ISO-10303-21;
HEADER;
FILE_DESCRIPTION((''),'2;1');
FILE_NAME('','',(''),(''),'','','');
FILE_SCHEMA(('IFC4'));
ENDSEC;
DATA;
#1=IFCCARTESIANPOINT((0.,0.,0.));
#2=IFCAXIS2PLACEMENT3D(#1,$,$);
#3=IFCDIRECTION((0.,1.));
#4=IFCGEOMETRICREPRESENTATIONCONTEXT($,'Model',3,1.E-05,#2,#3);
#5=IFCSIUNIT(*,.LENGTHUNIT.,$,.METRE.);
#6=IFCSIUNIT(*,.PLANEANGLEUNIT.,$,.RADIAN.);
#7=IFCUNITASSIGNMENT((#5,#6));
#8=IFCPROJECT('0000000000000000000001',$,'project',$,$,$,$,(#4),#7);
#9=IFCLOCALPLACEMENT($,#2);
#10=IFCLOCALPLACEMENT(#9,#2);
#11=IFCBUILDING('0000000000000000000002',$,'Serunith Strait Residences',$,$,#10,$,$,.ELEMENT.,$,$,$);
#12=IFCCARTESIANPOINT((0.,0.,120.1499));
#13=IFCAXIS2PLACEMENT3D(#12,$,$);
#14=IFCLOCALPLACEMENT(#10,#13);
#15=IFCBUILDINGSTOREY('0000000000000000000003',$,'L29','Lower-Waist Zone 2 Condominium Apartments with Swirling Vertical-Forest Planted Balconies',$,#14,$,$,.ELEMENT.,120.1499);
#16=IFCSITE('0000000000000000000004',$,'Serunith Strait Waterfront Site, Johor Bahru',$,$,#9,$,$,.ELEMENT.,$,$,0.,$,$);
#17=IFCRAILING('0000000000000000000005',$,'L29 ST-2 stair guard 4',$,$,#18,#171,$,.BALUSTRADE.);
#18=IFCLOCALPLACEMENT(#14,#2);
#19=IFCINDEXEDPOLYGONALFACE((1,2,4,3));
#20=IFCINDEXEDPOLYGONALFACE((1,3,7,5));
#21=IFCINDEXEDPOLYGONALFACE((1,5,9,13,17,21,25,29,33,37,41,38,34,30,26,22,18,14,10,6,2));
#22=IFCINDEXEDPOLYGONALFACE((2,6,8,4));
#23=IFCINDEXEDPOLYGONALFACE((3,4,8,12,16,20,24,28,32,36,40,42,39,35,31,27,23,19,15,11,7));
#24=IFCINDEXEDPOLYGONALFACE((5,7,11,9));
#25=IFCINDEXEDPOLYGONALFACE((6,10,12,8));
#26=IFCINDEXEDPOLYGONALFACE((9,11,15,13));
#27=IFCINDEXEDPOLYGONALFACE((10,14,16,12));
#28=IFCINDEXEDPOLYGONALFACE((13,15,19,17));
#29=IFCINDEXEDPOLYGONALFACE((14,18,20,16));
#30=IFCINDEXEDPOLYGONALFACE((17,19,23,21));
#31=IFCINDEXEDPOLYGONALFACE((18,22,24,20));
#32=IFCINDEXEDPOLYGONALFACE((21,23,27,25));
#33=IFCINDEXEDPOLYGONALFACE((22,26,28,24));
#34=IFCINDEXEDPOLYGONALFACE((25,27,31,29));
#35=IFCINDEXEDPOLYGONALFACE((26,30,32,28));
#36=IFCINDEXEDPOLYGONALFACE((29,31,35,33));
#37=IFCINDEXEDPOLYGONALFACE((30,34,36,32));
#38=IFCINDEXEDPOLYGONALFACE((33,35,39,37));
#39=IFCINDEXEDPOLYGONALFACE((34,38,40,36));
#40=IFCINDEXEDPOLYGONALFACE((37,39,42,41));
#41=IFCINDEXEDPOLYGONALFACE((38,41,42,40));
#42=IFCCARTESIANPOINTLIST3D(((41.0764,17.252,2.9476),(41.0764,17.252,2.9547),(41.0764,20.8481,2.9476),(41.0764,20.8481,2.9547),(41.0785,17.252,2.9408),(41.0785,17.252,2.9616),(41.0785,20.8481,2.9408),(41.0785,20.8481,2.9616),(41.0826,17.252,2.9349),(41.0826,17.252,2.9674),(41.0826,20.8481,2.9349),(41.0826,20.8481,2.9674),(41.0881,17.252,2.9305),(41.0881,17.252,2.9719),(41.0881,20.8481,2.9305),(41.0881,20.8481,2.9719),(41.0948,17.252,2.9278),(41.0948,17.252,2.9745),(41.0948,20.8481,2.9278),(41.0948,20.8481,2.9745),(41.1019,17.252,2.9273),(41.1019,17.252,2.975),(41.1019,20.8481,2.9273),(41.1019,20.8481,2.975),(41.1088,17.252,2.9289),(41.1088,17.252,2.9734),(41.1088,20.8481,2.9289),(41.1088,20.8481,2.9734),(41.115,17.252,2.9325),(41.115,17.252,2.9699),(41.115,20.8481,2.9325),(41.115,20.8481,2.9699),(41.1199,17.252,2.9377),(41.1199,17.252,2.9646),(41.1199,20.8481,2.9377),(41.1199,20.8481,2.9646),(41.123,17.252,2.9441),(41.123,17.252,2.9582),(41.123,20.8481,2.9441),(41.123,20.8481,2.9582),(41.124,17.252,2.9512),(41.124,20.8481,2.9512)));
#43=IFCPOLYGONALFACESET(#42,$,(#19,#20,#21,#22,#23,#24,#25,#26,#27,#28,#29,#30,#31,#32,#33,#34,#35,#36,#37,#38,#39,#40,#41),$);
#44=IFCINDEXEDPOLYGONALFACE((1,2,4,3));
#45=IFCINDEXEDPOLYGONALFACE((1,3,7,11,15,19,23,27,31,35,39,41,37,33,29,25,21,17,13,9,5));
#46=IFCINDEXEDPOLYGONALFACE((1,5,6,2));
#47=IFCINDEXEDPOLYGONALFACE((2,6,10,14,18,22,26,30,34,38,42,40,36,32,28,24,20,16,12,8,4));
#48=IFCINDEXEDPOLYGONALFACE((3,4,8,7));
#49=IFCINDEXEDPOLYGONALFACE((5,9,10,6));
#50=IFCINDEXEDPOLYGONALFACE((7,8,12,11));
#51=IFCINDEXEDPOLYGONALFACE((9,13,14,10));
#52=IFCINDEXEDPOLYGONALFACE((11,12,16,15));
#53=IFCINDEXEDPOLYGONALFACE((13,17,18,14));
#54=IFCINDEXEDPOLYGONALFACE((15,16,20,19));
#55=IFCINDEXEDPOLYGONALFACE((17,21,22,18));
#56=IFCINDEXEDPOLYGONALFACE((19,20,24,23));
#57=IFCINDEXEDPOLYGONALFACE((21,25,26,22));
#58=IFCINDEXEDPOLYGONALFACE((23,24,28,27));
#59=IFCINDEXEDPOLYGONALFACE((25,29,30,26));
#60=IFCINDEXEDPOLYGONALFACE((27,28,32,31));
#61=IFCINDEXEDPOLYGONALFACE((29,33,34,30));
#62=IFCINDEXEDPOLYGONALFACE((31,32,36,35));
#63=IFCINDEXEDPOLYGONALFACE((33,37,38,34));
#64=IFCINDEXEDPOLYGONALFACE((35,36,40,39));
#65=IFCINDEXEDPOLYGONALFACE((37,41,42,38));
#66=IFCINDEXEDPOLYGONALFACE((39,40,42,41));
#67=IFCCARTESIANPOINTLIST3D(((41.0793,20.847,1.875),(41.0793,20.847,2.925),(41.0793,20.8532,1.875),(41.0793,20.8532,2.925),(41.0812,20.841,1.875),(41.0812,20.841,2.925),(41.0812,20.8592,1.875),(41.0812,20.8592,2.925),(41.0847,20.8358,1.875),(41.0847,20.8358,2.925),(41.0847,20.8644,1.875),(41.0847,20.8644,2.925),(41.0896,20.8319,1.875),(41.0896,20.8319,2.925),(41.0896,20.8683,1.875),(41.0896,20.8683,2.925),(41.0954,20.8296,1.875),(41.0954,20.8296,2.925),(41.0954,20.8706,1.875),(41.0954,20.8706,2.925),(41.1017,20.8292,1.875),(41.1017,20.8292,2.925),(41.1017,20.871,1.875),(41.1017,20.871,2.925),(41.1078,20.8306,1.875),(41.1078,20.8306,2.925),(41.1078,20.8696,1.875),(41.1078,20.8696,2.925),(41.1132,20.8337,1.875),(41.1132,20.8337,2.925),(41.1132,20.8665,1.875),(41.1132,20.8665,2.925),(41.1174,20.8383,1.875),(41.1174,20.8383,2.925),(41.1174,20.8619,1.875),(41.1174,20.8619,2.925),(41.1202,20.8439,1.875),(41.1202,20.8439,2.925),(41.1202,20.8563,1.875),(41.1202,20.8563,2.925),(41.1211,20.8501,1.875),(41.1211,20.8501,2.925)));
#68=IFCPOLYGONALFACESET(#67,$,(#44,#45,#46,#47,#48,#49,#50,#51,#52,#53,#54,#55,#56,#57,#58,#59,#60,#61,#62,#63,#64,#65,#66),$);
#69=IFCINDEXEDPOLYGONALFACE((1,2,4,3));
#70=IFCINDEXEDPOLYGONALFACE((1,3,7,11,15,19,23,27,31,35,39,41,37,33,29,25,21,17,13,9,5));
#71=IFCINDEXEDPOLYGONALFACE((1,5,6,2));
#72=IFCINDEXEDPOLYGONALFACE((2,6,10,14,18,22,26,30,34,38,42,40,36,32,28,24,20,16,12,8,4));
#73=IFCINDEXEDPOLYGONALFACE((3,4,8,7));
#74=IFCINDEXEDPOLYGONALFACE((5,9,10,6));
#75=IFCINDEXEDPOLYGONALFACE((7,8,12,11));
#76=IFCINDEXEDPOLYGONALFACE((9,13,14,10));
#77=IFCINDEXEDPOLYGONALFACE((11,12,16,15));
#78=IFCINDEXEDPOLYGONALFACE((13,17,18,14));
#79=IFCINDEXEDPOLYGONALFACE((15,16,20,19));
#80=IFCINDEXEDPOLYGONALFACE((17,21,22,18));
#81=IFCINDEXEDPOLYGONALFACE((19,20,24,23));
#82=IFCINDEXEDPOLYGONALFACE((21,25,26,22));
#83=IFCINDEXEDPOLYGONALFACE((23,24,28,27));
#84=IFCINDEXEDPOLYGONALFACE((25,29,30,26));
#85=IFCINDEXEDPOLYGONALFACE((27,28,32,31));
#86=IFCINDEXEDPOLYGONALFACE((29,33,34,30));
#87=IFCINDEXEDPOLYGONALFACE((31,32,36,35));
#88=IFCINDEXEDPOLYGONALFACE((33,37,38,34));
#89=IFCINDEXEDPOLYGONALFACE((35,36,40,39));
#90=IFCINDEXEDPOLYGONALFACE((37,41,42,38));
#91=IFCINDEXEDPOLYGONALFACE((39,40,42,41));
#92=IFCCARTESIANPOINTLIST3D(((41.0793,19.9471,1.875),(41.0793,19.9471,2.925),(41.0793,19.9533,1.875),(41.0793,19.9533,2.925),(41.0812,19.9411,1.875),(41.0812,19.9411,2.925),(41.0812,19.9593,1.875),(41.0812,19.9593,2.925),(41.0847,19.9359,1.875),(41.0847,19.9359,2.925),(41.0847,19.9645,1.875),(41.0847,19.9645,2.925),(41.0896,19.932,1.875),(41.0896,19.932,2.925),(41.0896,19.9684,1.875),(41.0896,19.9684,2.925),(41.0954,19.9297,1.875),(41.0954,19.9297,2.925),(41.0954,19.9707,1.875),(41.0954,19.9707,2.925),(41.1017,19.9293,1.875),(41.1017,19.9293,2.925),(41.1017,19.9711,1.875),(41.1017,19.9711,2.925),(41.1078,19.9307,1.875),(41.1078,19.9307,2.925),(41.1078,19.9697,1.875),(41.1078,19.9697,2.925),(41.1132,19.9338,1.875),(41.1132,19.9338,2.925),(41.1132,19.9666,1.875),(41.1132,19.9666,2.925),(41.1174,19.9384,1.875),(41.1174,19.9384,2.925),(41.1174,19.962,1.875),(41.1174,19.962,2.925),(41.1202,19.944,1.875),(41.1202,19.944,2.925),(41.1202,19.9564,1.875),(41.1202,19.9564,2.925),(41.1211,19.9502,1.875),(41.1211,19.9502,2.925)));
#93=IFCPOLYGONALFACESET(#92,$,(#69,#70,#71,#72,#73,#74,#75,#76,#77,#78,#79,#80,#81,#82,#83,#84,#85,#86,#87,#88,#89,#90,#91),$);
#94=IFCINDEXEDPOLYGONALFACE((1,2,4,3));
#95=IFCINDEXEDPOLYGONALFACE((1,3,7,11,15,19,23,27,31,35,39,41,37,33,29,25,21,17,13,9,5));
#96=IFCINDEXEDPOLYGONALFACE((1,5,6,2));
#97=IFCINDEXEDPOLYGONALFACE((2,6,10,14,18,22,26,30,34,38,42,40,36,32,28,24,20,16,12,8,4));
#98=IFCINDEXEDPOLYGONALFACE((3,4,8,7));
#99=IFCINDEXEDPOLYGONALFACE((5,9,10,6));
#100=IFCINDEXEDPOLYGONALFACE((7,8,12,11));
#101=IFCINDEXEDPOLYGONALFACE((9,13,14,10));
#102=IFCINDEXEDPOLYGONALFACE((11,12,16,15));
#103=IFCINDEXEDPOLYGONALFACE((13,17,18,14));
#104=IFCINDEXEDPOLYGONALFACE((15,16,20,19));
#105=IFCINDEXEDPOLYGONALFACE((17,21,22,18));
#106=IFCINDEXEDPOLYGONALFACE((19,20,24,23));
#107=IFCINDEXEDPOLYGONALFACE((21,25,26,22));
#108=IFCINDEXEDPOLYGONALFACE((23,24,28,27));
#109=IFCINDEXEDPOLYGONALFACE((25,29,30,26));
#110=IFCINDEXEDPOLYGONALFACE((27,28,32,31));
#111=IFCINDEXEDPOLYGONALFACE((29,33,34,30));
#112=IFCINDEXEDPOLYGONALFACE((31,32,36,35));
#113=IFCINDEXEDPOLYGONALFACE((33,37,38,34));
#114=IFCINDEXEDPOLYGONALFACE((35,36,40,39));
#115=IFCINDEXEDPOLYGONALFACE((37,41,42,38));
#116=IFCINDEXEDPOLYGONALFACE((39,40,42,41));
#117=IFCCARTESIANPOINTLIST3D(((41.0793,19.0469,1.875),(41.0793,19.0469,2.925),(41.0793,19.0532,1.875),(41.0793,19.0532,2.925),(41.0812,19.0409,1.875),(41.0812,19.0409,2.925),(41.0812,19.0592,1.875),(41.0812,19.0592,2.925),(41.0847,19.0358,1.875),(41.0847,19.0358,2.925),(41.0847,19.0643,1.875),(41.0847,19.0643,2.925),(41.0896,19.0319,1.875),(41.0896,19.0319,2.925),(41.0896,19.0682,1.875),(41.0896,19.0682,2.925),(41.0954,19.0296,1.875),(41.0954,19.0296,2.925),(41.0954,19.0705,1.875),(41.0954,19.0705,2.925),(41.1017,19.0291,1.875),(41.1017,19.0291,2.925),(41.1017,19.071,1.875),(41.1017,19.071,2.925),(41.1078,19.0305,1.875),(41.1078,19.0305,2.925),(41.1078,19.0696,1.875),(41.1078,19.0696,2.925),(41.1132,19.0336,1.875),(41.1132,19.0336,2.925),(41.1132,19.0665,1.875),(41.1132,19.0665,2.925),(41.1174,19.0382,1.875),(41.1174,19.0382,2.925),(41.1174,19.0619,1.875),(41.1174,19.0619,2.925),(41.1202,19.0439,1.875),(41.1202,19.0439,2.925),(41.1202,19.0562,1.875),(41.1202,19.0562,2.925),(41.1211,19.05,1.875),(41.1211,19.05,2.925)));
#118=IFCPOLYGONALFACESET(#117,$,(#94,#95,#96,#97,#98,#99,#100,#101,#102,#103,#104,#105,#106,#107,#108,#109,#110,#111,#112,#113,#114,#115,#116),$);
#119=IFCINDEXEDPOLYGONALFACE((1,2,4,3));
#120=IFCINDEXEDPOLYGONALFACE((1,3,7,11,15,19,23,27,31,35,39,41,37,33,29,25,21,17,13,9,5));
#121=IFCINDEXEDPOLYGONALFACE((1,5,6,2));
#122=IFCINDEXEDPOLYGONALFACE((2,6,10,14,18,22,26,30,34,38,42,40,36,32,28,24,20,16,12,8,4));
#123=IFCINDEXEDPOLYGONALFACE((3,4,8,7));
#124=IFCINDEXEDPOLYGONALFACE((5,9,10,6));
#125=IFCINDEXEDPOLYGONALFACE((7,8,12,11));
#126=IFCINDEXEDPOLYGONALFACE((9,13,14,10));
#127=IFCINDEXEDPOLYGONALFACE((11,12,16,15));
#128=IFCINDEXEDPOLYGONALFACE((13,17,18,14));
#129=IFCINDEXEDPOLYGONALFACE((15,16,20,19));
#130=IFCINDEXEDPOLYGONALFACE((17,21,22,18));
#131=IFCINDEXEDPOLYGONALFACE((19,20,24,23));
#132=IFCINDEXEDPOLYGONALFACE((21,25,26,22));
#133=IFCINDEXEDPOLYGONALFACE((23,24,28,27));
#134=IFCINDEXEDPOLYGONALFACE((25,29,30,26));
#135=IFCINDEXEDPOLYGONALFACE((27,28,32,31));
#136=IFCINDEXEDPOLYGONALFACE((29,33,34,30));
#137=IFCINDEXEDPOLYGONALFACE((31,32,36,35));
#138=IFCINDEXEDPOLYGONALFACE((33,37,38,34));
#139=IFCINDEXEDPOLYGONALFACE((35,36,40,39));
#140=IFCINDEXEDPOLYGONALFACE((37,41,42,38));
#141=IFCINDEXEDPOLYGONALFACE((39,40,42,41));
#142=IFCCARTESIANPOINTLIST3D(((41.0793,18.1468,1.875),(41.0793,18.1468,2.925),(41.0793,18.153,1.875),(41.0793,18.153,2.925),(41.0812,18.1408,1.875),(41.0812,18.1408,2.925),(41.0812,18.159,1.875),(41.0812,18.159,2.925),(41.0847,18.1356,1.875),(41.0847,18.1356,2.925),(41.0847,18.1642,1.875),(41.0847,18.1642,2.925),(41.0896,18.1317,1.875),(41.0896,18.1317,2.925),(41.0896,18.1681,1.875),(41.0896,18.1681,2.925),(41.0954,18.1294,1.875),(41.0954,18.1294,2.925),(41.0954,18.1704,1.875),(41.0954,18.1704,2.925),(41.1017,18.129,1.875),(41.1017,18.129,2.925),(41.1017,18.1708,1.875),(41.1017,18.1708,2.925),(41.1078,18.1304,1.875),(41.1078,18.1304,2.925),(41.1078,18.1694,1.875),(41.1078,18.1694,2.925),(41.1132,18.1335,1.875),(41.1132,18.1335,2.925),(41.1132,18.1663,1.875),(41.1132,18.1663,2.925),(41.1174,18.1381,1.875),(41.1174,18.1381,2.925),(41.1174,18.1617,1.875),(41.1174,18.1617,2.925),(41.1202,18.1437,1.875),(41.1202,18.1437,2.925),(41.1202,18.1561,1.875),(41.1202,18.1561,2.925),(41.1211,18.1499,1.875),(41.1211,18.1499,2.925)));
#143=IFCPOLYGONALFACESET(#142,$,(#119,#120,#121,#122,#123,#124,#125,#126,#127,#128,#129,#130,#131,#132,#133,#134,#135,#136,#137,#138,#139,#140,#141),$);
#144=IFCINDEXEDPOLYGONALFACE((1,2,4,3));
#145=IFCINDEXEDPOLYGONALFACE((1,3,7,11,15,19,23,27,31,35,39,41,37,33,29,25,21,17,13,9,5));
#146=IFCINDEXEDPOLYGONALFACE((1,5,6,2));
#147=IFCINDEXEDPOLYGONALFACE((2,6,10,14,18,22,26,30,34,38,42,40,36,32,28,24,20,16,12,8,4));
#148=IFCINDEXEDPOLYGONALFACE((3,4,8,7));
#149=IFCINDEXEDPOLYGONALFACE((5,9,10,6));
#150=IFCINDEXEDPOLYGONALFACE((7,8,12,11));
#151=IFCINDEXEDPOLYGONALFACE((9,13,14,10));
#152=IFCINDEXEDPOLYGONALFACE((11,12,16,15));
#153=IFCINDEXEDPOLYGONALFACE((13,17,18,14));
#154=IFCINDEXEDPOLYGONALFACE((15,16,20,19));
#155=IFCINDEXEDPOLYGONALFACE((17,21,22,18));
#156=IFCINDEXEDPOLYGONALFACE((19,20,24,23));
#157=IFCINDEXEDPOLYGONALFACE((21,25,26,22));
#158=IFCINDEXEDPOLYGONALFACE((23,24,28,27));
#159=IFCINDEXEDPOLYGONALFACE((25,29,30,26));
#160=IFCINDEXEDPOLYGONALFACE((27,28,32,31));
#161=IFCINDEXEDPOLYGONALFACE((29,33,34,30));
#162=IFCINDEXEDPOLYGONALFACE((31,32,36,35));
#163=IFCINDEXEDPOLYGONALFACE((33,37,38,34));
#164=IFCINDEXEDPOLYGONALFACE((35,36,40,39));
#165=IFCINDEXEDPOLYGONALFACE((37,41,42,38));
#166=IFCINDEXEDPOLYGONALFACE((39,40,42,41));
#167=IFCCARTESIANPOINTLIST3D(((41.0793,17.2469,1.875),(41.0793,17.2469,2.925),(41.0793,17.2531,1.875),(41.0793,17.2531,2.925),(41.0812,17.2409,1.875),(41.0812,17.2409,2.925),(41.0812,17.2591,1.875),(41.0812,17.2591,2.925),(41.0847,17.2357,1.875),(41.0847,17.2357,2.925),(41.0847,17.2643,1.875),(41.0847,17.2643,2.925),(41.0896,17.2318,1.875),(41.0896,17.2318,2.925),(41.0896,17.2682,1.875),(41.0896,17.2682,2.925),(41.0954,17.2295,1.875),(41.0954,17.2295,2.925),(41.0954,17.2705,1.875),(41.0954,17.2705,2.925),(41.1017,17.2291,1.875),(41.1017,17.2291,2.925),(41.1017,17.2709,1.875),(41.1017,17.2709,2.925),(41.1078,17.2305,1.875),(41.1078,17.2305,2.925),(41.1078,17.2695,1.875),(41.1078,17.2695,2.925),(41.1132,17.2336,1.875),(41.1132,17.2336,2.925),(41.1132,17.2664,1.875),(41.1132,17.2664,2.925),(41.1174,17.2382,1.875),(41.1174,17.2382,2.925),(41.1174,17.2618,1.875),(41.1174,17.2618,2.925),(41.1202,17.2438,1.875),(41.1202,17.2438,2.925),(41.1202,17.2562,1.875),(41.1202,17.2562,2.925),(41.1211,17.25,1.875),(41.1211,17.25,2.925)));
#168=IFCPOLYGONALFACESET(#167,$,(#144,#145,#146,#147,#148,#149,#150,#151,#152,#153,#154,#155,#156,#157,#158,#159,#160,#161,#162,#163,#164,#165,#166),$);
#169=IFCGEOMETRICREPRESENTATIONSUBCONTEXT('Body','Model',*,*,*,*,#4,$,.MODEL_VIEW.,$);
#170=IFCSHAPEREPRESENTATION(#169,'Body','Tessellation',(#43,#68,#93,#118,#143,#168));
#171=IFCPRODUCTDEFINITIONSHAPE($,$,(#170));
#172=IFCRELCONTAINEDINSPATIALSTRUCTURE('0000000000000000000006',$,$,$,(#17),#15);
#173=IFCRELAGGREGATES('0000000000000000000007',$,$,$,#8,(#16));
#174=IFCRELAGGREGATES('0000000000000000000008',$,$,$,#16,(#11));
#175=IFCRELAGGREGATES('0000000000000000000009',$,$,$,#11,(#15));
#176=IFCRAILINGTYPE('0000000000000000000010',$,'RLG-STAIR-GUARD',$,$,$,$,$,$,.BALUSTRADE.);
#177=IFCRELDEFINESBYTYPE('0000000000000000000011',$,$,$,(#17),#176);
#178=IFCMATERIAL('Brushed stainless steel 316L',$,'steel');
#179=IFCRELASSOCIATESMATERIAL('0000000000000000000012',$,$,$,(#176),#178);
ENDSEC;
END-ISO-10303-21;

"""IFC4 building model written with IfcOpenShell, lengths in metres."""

from ifc_helpers import new_model, si_unit, direction, frame, origin, origin_2d, place, context, subcontext, project, spatial, circle, extrude, material, type_object, element, save


model = new_model("IFC4")

# Units and contexts
model_context = context("Model", 3, precision=1e-05, world=origin(), true_north=direction((0.0, 1.0)))
body_context = subcontext(model_context, "Body", "Model", "MODEL_VIEW")
ifc_project = project(units=[si_unit("LENGTHUNIT", "METRE"), si_unit("PLANEANGLEUNIT", "RADIAN")], contexts=[model_context])

# Site, building, storey
site_placement = place(None, origin())
site = spatial("IfcSite", under=ifc_project, at=site_placement, Name="Serunith Strait Waterfront Site, Johor Bahru", CompositionType="ELEMENT", RefElevation=0.0)
building_placement = place(site_placement, origin())
building = spatial("IfcBuilding", under=site, at=building_placement, Name="Serunith Strait Residences", CompositionType="ELEMENT")
storey_placement = place(building_placement, frame((0.0, 0.0, 120.1499)))
storey = spatial("IfcBuildingStorey", under=building, at=storey_placement, Name="L29", Description="Lower-Waist Zone 2 Condominium Apartments with Swirling Vertical-Forest Planted Balconies", CompositionType="ELEMENT", Elevation=120.1499)

# Railing
ifc_material_1 = material(Name="Brushed stainless steel 316L", Category="steel")
railing_type_1 = type_object("IfcRailingType", Name="RLG-STAIR-GUARD", PredefinedType="BALUSTRADE", material=ifc_material_1)
for number, where, name in (
    (1, (41.1001, 20.8501, 1.875), "L29 ST-2 stair guard 4"),
):
    element("IfcRailing", number, at=place(storey_placement, frame(where)), inside=storey, type_object=railing_type_1, Name=name, PredefinedType="BALUSTRADE", context=body_context, shape_type="SweptSolid", body=[
        extrude(circle(Radius=0.0239, at=origin_2d()), frame((0.0, -0.002, 1.0762), z_axis=(0.0, -1.0, 0.0), x_axis=(1.0, 0.0, 0.0)), (0.0, 0.0, 1.0), 3.5962),
        extrude(circle(Radius=0.021, at=origin_2d()), origin(), (0.0, 0.0, 1.0), 1.05),
        extrude(circle(Radius=0.021, at=origin_2d()), frame((0.0, -0.8999, 0.0)), (0.0, 0.0, 1.0), 1.05),
        extrude(circle(Radius=0.021, at=origin_2d()), frame((0.0, -1.8, 0.0)), (0.0, 0.0, 1.0), 1.05),
        extrude(circle(Radius=0.021, at=origin_2d()), frame((0.0, -2.7002, 0.0)), (0.0, 0.0, 1.0), 1.05),
        extrude(circle(Radius=0.021, at=origin_2d()), frame((0.0, -3.6001, 0.0)), (0.0, 0.0, 1.0), 1.05),
    ])

save(model, "model.ifc")
